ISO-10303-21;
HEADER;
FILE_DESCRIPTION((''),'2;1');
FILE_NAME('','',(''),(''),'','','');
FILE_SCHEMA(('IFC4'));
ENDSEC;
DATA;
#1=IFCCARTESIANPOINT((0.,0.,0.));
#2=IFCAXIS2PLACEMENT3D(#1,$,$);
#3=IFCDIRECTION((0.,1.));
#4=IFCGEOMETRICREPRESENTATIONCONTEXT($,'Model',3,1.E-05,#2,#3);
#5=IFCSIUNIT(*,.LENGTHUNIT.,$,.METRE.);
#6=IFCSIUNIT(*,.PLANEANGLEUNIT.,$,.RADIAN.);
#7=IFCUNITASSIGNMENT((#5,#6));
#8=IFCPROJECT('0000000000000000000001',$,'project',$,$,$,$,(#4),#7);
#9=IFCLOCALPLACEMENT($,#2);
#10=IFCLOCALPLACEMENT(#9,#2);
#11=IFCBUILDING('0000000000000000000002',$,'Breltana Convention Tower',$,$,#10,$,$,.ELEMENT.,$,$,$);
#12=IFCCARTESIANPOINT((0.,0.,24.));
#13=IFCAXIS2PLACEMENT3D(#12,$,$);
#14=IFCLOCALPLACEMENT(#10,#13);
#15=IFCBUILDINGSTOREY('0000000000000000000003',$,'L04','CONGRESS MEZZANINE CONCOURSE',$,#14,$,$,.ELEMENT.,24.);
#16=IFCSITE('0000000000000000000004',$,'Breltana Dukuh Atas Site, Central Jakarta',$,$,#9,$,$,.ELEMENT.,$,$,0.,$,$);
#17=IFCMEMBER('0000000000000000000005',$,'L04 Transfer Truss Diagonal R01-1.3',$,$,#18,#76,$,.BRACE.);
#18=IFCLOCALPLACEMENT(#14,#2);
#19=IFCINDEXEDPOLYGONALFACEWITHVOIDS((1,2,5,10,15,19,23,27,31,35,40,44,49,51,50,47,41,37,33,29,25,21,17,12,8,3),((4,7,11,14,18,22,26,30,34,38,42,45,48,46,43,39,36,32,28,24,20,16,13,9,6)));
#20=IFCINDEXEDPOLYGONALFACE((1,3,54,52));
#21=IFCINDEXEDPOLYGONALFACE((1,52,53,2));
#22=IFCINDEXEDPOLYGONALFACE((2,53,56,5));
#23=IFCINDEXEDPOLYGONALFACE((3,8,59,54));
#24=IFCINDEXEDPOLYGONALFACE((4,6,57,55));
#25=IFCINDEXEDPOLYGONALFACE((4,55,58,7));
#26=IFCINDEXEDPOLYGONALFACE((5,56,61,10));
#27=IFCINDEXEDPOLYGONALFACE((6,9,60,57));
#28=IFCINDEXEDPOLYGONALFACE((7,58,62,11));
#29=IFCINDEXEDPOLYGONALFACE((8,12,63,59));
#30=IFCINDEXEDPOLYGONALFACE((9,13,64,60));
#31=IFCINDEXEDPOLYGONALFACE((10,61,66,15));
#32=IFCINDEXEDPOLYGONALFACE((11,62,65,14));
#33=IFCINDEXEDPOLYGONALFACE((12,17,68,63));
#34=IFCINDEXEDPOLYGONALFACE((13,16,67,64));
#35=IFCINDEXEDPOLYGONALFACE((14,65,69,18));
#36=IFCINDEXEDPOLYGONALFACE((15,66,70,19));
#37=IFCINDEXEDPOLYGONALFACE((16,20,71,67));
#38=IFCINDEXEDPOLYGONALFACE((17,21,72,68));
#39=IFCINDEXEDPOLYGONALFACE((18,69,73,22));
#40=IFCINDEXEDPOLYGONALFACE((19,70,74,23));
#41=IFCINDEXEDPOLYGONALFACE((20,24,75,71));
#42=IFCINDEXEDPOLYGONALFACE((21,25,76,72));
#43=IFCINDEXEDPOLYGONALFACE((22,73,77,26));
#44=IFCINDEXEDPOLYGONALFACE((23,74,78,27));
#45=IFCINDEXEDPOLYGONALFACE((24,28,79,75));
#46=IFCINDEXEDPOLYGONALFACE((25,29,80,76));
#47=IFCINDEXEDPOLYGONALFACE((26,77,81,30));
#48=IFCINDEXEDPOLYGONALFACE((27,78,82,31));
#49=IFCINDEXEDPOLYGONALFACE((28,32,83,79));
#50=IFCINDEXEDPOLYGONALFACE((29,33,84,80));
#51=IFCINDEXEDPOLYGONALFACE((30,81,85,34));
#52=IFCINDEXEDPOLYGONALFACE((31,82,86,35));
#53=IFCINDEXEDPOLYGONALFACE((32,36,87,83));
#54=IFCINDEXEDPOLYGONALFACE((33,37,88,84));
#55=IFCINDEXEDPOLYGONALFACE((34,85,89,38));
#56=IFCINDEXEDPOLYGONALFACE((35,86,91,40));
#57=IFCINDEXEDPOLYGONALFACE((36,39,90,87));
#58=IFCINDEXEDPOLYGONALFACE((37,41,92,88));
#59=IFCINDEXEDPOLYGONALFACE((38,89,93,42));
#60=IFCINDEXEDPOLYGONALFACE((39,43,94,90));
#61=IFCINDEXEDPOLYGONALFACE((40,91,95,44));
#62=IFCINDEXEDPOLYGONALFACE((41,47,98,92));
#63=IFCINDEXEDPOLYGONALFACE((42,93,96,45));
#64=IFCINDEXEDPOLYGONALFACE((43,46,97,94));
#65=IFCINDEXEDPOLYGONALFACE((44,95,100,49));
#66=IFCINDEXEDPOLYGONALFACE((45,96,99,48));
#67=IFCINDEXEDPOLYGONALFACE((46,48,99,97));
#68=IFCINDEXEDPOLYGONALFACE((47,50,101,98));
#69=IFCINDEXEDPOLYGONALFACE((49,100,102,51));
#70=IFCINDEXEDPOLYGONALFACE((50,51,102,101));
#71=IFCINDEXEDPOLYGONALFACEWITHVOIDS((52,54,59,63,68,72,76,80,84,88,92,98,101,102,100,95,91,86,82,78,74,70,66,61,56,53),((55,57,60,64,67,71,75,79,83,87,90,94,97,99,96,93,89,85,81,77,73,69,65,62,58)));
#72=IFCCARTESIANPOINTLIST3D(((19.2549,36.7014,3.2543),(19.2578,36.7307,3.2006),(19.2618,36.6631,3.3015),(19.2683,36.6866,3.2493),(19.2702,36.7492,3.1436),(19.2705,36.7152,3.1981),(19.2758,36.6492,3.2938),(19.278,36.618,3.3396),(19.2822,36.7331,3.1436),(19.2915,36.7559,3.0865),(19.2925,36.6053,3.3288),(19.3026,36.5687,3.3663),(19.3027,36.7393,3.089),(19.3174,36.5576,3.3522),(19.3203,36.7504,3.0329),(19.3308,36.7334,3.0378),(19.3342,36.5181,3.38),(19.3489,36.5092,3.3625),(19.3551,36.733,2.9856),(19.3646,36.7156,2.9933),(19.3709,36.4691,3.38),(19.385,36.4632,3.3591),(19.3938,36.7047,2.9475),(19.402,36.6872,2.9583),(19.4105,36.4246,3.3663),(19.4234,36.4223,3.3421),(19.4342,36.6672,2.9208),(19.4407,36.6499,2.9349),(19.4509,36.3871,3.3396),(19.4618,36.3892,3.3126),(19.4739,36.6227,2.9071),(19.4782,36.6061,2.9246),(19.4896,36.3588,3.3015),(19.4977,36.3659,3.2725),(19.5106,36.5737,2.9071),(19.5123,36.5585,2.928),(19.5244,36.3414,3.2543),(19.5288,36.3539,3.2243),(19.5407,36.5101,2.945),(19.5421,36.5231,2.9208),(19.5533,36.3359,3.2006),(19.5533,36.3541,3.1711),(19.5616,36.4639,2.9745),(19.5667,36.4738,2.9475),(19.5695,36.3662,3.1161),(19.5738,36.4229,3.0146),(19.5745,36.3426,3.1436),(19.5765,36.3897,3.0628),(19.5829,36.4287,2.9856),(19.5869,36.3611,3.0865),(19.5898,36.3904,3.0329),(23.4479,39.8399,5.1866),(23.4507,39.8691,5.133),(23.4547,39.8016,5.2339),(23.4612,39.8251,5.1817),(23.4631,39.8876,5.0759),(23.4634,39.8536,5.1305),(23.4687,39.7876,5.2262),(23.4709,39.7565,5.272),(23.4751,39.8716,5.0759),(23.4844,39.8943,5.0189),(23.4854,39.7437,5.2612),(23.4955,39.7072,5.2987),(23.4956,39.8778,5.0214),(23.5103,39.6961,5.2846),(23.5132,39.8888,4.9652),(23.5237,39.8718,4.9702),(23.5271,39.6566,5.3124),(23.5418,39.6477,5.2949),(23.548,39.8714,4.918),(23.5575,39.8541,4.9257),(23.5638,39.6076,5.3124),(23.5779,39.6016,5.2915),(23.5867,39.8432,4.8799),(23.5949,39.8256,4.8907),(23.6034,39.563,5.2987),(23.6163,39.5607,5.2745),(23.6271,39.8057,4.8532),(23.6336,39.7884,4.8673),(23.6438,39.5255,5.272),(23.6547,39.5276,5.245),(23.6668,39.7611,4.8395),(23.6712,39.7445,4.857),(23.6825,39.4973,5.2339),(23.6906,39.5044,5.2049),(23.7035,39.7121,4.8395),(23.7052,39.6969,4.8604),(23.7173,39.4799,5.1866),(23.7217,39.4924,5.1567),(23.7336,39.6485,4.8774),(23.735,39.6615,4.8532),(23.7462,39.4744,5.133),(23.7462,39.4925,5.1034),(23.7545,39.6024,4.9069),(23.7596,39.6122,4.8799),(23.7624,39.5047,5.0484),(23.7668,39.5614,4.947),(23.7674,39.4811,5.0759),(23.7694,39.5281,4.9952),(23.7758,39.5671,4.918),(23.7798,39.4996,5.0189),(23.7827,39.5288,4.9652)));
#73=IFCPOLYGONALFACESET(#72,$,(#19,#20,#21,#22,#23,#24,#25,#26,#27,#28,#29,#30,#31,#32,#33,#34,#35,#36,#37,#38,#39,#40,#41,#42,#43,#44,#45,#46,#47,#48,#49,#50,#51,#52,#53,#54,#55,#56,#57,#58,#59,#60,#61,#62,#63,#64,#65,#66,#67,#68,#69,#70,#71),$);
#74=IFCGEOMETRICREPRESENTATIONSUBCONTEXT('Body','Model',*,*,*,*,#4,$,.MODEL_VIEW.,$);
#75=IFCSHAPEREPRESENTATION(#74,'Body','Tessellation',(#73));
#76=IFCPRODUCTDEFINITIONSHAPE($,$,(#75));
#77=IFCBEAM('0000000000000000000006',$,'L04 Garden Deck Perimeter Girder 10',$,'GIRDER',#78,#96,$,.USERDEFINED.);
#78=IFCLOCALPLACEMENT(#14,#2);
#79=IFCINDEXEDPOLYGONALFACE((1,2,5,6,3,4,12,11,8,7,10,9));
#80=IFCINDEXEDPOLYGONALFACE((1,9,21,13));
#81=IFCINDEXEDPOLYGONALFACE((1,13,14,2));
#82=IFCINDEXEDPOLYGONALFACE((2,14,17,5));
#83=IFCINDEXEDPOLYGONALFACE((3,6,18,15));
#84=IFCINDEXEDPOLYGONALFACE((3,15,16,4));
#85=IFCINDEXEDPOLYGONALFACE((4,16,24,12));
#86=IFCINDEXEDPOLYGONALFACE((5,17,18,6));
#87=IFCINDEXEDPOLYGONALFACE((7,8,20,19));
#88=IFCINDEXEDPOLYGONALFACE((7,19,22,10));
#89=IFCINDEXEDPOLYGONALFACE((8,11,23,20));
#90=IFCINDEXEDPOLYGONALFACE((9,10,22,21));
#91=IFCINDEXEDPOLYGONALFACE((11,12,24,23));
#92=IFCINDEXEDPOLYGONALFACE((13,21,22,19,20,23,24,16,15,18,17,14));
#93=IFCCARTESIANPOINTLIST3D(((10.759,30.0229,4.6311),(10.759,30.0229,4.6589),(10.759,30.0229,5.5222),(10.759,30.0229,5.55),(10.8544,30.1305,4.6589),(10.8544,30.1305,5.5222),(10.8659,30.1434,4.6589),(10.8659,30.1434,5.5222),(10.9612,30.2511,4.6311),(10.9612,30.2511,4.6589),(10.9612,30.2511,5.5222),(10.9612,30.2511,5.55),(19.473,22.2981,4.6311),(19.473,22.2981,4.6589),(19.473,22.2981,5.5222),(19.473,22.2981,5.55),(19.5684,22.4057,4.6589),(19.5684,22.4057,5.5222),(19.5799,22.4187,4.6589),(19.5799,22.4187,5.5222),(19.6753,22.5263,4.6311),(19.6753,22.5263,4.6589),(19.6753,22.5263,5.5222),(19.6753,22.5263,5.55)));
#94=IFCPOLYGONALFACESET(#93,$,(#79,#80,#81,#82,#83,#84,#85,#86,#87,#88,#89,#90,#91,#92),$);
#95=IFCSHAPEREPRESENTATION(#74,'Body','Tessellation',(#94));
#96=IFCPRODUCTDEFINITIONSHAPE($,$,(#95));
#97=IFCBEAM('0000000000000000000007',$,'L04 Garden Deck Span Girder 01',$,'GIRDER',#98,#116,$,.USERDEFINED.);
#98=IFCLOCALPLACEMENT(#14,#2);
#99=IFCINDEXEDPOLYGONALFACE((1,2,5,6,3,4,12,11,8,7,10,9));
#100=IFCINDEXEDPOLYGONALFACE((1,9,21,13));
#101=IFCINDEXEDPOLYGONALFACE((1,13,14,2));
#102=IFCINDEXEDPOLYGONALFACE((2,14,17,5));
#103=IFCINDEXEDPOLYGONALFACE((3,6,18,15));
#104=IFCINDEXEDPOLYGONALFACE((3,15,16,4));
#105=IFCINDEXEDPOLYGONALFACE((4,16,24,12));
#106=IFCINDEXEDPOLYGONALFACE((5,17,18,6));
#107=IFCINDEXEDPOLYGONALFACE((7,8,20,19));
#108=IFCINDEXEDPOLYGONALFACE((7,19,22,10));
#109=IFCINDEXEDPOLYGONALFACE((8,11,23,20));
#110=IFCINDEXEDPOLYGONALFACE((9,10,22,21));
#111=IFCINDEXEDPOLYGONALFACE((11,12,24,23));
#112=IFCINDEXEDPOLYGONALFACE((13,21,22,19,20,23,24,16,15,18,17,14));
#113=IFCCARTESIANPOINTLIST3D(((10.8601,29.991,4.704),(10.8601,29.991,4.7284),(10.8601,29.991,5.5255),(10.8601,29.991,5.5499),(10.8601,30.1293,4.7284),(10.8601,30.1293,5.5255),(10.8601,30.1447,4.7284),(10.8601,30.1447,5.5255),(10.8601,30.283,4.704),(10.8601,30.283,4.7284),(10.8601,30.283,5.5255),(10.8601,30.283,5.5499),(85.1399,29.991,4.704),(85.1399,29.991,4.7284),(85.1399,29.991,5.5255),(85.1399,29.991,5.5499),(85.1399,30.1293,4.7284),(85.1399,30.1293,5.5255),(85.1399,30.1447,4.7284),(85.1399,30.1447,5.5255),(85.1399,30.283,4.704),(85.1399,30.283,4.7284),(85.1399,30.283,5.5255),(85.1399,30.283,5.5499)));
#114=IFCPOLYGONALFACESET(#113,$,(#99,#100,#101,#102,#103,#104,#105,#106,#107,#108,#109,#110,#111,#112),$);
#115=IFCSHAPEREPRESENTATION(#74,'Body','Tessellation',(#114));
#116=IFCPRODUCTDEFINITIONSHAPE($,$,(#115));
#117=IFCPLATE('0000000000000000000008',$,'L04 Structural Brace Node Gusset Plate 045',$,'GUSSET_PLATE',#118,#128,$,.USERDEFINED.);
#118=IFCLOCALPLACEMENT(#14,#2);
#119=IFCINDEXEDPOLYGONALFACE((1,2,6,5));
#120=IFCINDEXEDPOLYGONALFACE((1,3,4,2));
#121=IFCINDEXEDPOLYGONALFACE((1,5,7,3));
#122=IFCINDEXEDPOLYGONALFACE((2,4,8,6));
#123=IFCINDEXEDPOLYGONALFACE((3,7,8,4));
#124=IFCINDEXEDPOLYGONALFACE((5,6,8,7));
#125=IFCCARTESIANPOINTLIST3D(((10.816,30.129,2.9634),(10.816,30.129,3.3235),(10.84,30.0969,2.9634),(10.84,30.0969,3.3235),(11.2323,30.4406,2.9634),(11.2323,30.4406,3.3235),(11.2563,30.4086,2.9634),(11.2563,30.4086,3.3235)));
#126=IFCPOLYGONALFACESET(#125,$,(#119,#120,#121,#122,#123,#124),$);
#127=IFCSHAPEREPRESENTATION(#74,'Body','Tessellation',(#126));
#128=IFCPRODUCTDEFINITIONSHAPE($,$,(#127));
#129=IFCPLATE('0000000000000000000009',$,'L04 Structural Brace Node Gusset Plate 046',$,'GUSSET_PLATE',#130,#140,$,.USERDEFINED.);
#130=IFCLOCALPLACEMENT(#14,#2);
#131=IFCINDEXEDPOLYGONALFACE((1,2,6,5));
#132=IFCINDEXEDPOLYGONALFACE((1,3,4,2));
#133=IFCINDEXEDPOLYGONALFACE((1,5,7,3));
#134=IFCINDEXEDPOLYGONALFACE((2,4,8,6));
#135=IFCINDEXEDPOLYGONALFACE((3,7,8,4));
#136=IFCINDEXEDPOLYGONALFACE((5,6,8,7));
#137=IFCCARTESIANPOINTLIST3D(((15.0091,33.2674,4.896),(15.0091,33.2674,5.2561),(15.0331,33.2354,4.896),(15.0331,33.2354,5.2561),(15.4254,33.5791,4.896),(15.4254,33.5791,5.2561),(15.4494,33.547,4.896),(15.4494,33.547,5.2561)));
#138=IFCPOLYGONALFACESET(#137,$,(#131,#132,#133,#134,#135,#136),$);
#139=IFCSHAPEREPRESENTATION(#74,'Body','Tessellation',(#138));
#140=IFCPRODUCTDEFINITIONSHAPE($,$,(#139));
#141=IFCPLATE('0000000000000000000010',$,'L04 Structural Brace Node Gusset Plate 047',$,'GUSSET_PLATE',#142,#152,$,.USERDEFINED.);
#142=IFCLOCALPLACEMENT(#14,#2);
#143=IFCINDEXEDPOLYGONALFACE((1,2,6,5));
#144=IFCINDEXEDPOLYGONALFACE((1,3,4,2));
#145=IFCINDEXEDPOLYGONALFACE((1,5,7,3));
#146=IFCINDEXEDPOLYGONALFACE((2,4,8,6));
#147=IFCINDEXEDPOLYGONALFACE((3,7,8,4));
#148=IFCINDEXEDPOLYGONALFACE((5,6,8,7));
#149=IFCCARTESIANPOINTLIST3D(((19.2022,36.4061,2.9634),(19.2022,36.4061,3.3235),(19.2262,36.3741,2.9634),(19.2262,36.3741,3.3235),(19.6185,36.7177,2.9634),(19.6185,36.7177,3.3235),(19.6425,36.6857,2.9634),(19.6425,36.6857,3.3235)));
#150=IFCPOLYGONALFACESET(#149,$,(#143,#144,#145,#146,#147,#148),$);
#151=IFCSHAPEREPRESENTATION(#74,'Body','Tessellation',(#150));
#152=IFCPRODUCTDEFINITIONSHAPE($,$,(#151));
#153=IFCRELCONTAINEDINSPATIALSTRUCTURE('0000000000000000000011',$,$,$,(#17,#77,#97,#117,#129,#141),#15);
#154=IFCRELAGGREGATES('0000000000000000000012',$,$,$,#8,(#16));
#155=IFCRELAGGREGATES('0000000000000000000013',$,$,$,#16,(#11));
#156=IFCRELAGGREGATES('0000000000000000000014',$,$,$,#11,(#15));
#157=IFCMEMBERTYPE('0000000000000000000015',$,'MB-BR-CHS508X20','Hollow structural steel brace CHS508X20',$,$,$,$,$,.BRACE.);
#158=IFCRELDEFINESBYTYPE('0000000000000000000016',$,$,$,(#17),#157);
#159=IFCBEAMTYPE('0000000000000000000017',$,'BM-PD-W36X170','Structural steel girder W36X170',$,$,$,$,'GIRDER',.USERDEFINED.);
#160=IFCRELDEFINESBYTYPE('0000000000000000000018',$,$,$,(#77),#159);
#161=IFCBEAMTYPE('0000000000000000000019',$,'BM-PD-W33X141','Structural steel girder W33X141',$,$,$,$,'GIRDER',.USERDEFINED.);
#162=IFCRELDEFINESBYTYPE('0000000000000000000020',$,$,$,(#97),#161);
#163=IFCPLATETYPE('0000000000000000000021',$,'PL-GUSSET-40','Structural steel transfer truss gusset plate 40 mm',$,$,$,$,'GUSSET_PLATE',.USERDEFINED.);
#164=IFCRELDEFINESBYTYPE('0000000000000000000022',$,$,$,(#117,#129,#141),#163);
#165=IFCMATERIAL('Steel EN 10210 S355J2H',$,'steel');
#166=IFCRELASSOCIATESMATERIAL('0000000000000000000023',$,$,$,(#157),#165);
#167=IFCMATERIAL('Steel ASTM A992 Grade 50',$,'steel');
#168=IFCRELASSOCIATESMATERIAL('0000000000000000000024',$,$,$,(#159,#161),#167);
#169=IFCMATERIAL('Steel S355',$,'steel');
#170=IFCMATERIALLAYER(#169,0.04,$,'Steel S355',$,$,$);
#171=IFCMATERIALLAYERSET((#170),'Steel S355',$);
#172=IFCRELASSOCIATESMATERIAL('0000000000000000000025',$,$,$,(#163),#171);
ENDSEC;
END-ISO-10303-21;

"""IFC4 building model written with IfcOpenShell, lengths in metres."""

from ifc_helpers import new_model, si_unit, direction, frame, origin, origin_2d, place, context, subcontext, project, spatial, rectangle, hollow_circle, i_section, extrude, source, transform, mapped, material, layer, layer_set, material_profile, profile_set, type_object, element, save


model = new_model("IFC4")

# Units and contexts
model_context = context("Model", 3, precision=1e-05, world=origin(), true_north=direction((0.0, 1.0)))
body_context = subcontext(model_context, "Body", "Model", "MODEL_VIEW")
ifc_project = project(units=[si_unit("LENGTHUNIT", "METRE"), si_unit("PLANEANGLEUNIT", "RADIAN")], contexts=[model_context])

# Site, building, storey
site_placement = place(None, origin())
site = spatial("IfcSite", under=ifc_project, at=site_placement, Name="Breltana Dukuh Atas Site, Central Jakarta", CompositionType="ELEMENT", RefElevation=0.0)
building_placement = place(site_placement, origin())
building = spatial("IfcBuilding", under=site, at=building_placement, Name="Breltana Convention Tower", CompositionType="ELEMENT")
storey_placement = place(building_placement, frame((0.0, 0.0, 24.0)))
storey = spatial("IfcBuildingStorey", under=building, at=storey_placement, Name="L04", Description="CONGRESS MEZZANINE CONCOURSE", CompositionType="ELEMENT", Elevation=24.0)

# Shared definitions
ifc_material_1 = material(Name="Steel ASTM A992 Grade 50", Category="steel")

# Member
ifc_material_2 = material(Name="Steel EN 10210 S355J2H", Category="steel")
ifc_material_profile_1 = material_profile(ifc_material_2, hollow_circle(Radius=0.2539, WallThickness=0.02, at=origin_2d()), Name="CHS508X20")
ifc_profile_set_1 = profile_set([ifc_material_profile_1], Name="Steel EN 10210 S355J2H")
member_type = type_object("IfcMemberType", Name="MB-BR-CHS508X20", Description="Hollow structural steel brace CHS508X20", PredefinedType="BRACE", material=ifc_profile_set_1)
shared_shape_1 = source(origin(), body_context, "Body", "SweptSolid", [
    extrude(hollow_circle(Radius=0.2539, WallThickness=0.02, at=origin_2d()), origin(), (0.0, 0.0, 1.0), 5.5825),
])
member_placement = place(storey_placement, frame((19.4224, 36.5459, 3.1436), z_axis=(0.751078, 0.562193, 0.34615), x_axis=(-0.599239, 0.80057, 0.0)))
element("IfcMember", 1, at=member_placement, inside=storey, type_object=member_type, Name="L04 Transfer Truss Diagonal R01-1.3", PredefinedType="BRACE", context=body_context, shape_type="MappedRepresentation", body=[
    mapped(shared_shape_1, transform((0.0, 0.0, 0.0), scale=1.0)),
])

# Beams
ifc_material_profile_2 = material_profile(ifc_material_1, i_section(OverallWidth=0.3049, OverallDepth=0.9189, WebThickness=0.0173, FlangeThickness=0.0278, at=origin_2d()), Name="W36X170")
ifc_profile_set_2 = profile_set([ifc_material_profile_2], Name="Steel ASTM A992 Grade 50")
beam_type_1 = type_object("IfcBeamType", Name="BM-PD-W36X170", Description="Structural steel girder W36X170", ElementType="GIRDER", PredefinedType="USERDEFINED", material=ifc_profile_set_2)
shared_shape_2 = source(origin(), body_context, "Body", "SweptSolid", [
    extrude(i_section(OverallWidth=0.3049, OverallDepth=0.9189, WebThickness=0.0173, FlangeThickness=0.0278, at=origin_2d()), origin(), (0.0, 0.0, 1.0), 11.645),
])
beam_1_placement = place(storey_placement, frame((10.8601, 30.137, 5.0906), z_axis=(0.748305, -0.663355, 0.0), x_axis=(0.663355, 0.748305, 0.0)))
element("IfcBeam", 2, at=beam_1_placement, inside=storey, type_object=beam_type_1, Name="L04 Garden Deck Perimeter Girder 10", ObjectType="GIRDER", PredefinedType="USERDEFINED", context=body_context, shape_type="MappedRepresentation", body=[
    mapped(shared_shape_2, transform((0.0, 0.0, 0.0), scale=1.0)),
])
ifc_material_profile_3 = material_profile(ifc_material_1, i_section(OverallWidth=0.292, OverallDepth=0.8459, WebThickness=0.0154, FlangeThickness=0.0244, at=origin_2d()), Name="W33X141")
ifc_profile_set_3 = profile_set([ifc_material_profile_3], Name="Steel ASTM A992 Grade 50")
beam_type_2 = type_object("IfcBeamType", Name="BM-PD-W33X141", Description="Structural steel girder W33X141", ElementType="GIRDER", PredefinedType="USERDEFINED", material=ifc_profile_set_3)
shared_shape_3 = source(origin(), body_context, "Body", "SweptSolid", [
    extrude(i_section(OverallWidth=0.292, OverallDepth=0.8459, WebThickness=0.0154, FlangeThickness=0.0244, at=origin_2d()), origin(), (0.0, 0.0, 1.0), 74.2798),
])
beam_2_placement = place(storey_placement, frame((10.8601, 30.137, 5.127), z_axis=(1.0, 0.0, 0.0), x_axis=(0.0, 1.0, 0.0)))
element("IfcBeam", 3, at=beam_2_placement, inside=storey, type_object=beam_type_2, Name="L04 Garden Deck Span Girder 01", ObjectType="GIRDER", PredefinedType="USERDEFINED", context=body_context, shape_type="MappedRepresentation", body=[
    mapped(shared_shape_3, transform((0.0, 0.0, 0.0), scale=1.0)),
])

# Plates
ifc_material_3 = material(Name="Steel S355", Category="steel")
ifc_layer_1 = layer(ifc_material_3, 0.04, Name="Steel S355")
ifc_layer_set_1 = layer_set([ifc_layer_1], Name="Steel S355")
plate_type = type_object("IfcPlateType", Name="PL-GUSSET-40", Description="Structural steel transfer truss gusset plate 40 mm", ElementType="GUSSET_PLATE", PredefinedType="USERDEFINED", material=ifc_layer_set_1)
shared_shape_4 = source(origin(), body_context, "Body", "SweptSolid", [
    extrude(rectangle(XDim=0.52, YDim=0.04, at=origin_2d()), origin(), (0.0, 0.0, 1.0), 0.3601),
])
for number, where, z_axis, x_axis, name in (
    (4, (11.0361, 30.2688, 2.9634), (0.0, 0.0, 1.0), (0.800522, 0.599303, 0.0), "L04 Structural Brace Node Gusset Plate 045"),
    (5, (15.2292, 33.4072, 4.896), (0.0, 0.0, 1.0), (0.800522, 0.599303, 0.0), "L04 Structural Brace Node Gusset Plate 046"),
    (6, (19.4224, 36.5459, 2.9634), (0.0, 0.0, 1.0), (0.800627, 0.599163, 0.0), "L04 Structural Brace Node Gusset Plate 047"),
):
    element("IfcPlate", number, at=place(storey_placement, frame(where, z_axis=z_axis, x_axis=x_axis)), inside=storey, type_object=plate_type, Name=name, ObjectType="GUSSET_PLATE", PredefinedType="USERDEFINED", context=body_context, shape_type="MappedRepresentation", body=[
        mapped(shared_shape_4, transform((0.0, 0.0, 0.0), scale=1.0)),
    ])

save(model, "model.ifc")
